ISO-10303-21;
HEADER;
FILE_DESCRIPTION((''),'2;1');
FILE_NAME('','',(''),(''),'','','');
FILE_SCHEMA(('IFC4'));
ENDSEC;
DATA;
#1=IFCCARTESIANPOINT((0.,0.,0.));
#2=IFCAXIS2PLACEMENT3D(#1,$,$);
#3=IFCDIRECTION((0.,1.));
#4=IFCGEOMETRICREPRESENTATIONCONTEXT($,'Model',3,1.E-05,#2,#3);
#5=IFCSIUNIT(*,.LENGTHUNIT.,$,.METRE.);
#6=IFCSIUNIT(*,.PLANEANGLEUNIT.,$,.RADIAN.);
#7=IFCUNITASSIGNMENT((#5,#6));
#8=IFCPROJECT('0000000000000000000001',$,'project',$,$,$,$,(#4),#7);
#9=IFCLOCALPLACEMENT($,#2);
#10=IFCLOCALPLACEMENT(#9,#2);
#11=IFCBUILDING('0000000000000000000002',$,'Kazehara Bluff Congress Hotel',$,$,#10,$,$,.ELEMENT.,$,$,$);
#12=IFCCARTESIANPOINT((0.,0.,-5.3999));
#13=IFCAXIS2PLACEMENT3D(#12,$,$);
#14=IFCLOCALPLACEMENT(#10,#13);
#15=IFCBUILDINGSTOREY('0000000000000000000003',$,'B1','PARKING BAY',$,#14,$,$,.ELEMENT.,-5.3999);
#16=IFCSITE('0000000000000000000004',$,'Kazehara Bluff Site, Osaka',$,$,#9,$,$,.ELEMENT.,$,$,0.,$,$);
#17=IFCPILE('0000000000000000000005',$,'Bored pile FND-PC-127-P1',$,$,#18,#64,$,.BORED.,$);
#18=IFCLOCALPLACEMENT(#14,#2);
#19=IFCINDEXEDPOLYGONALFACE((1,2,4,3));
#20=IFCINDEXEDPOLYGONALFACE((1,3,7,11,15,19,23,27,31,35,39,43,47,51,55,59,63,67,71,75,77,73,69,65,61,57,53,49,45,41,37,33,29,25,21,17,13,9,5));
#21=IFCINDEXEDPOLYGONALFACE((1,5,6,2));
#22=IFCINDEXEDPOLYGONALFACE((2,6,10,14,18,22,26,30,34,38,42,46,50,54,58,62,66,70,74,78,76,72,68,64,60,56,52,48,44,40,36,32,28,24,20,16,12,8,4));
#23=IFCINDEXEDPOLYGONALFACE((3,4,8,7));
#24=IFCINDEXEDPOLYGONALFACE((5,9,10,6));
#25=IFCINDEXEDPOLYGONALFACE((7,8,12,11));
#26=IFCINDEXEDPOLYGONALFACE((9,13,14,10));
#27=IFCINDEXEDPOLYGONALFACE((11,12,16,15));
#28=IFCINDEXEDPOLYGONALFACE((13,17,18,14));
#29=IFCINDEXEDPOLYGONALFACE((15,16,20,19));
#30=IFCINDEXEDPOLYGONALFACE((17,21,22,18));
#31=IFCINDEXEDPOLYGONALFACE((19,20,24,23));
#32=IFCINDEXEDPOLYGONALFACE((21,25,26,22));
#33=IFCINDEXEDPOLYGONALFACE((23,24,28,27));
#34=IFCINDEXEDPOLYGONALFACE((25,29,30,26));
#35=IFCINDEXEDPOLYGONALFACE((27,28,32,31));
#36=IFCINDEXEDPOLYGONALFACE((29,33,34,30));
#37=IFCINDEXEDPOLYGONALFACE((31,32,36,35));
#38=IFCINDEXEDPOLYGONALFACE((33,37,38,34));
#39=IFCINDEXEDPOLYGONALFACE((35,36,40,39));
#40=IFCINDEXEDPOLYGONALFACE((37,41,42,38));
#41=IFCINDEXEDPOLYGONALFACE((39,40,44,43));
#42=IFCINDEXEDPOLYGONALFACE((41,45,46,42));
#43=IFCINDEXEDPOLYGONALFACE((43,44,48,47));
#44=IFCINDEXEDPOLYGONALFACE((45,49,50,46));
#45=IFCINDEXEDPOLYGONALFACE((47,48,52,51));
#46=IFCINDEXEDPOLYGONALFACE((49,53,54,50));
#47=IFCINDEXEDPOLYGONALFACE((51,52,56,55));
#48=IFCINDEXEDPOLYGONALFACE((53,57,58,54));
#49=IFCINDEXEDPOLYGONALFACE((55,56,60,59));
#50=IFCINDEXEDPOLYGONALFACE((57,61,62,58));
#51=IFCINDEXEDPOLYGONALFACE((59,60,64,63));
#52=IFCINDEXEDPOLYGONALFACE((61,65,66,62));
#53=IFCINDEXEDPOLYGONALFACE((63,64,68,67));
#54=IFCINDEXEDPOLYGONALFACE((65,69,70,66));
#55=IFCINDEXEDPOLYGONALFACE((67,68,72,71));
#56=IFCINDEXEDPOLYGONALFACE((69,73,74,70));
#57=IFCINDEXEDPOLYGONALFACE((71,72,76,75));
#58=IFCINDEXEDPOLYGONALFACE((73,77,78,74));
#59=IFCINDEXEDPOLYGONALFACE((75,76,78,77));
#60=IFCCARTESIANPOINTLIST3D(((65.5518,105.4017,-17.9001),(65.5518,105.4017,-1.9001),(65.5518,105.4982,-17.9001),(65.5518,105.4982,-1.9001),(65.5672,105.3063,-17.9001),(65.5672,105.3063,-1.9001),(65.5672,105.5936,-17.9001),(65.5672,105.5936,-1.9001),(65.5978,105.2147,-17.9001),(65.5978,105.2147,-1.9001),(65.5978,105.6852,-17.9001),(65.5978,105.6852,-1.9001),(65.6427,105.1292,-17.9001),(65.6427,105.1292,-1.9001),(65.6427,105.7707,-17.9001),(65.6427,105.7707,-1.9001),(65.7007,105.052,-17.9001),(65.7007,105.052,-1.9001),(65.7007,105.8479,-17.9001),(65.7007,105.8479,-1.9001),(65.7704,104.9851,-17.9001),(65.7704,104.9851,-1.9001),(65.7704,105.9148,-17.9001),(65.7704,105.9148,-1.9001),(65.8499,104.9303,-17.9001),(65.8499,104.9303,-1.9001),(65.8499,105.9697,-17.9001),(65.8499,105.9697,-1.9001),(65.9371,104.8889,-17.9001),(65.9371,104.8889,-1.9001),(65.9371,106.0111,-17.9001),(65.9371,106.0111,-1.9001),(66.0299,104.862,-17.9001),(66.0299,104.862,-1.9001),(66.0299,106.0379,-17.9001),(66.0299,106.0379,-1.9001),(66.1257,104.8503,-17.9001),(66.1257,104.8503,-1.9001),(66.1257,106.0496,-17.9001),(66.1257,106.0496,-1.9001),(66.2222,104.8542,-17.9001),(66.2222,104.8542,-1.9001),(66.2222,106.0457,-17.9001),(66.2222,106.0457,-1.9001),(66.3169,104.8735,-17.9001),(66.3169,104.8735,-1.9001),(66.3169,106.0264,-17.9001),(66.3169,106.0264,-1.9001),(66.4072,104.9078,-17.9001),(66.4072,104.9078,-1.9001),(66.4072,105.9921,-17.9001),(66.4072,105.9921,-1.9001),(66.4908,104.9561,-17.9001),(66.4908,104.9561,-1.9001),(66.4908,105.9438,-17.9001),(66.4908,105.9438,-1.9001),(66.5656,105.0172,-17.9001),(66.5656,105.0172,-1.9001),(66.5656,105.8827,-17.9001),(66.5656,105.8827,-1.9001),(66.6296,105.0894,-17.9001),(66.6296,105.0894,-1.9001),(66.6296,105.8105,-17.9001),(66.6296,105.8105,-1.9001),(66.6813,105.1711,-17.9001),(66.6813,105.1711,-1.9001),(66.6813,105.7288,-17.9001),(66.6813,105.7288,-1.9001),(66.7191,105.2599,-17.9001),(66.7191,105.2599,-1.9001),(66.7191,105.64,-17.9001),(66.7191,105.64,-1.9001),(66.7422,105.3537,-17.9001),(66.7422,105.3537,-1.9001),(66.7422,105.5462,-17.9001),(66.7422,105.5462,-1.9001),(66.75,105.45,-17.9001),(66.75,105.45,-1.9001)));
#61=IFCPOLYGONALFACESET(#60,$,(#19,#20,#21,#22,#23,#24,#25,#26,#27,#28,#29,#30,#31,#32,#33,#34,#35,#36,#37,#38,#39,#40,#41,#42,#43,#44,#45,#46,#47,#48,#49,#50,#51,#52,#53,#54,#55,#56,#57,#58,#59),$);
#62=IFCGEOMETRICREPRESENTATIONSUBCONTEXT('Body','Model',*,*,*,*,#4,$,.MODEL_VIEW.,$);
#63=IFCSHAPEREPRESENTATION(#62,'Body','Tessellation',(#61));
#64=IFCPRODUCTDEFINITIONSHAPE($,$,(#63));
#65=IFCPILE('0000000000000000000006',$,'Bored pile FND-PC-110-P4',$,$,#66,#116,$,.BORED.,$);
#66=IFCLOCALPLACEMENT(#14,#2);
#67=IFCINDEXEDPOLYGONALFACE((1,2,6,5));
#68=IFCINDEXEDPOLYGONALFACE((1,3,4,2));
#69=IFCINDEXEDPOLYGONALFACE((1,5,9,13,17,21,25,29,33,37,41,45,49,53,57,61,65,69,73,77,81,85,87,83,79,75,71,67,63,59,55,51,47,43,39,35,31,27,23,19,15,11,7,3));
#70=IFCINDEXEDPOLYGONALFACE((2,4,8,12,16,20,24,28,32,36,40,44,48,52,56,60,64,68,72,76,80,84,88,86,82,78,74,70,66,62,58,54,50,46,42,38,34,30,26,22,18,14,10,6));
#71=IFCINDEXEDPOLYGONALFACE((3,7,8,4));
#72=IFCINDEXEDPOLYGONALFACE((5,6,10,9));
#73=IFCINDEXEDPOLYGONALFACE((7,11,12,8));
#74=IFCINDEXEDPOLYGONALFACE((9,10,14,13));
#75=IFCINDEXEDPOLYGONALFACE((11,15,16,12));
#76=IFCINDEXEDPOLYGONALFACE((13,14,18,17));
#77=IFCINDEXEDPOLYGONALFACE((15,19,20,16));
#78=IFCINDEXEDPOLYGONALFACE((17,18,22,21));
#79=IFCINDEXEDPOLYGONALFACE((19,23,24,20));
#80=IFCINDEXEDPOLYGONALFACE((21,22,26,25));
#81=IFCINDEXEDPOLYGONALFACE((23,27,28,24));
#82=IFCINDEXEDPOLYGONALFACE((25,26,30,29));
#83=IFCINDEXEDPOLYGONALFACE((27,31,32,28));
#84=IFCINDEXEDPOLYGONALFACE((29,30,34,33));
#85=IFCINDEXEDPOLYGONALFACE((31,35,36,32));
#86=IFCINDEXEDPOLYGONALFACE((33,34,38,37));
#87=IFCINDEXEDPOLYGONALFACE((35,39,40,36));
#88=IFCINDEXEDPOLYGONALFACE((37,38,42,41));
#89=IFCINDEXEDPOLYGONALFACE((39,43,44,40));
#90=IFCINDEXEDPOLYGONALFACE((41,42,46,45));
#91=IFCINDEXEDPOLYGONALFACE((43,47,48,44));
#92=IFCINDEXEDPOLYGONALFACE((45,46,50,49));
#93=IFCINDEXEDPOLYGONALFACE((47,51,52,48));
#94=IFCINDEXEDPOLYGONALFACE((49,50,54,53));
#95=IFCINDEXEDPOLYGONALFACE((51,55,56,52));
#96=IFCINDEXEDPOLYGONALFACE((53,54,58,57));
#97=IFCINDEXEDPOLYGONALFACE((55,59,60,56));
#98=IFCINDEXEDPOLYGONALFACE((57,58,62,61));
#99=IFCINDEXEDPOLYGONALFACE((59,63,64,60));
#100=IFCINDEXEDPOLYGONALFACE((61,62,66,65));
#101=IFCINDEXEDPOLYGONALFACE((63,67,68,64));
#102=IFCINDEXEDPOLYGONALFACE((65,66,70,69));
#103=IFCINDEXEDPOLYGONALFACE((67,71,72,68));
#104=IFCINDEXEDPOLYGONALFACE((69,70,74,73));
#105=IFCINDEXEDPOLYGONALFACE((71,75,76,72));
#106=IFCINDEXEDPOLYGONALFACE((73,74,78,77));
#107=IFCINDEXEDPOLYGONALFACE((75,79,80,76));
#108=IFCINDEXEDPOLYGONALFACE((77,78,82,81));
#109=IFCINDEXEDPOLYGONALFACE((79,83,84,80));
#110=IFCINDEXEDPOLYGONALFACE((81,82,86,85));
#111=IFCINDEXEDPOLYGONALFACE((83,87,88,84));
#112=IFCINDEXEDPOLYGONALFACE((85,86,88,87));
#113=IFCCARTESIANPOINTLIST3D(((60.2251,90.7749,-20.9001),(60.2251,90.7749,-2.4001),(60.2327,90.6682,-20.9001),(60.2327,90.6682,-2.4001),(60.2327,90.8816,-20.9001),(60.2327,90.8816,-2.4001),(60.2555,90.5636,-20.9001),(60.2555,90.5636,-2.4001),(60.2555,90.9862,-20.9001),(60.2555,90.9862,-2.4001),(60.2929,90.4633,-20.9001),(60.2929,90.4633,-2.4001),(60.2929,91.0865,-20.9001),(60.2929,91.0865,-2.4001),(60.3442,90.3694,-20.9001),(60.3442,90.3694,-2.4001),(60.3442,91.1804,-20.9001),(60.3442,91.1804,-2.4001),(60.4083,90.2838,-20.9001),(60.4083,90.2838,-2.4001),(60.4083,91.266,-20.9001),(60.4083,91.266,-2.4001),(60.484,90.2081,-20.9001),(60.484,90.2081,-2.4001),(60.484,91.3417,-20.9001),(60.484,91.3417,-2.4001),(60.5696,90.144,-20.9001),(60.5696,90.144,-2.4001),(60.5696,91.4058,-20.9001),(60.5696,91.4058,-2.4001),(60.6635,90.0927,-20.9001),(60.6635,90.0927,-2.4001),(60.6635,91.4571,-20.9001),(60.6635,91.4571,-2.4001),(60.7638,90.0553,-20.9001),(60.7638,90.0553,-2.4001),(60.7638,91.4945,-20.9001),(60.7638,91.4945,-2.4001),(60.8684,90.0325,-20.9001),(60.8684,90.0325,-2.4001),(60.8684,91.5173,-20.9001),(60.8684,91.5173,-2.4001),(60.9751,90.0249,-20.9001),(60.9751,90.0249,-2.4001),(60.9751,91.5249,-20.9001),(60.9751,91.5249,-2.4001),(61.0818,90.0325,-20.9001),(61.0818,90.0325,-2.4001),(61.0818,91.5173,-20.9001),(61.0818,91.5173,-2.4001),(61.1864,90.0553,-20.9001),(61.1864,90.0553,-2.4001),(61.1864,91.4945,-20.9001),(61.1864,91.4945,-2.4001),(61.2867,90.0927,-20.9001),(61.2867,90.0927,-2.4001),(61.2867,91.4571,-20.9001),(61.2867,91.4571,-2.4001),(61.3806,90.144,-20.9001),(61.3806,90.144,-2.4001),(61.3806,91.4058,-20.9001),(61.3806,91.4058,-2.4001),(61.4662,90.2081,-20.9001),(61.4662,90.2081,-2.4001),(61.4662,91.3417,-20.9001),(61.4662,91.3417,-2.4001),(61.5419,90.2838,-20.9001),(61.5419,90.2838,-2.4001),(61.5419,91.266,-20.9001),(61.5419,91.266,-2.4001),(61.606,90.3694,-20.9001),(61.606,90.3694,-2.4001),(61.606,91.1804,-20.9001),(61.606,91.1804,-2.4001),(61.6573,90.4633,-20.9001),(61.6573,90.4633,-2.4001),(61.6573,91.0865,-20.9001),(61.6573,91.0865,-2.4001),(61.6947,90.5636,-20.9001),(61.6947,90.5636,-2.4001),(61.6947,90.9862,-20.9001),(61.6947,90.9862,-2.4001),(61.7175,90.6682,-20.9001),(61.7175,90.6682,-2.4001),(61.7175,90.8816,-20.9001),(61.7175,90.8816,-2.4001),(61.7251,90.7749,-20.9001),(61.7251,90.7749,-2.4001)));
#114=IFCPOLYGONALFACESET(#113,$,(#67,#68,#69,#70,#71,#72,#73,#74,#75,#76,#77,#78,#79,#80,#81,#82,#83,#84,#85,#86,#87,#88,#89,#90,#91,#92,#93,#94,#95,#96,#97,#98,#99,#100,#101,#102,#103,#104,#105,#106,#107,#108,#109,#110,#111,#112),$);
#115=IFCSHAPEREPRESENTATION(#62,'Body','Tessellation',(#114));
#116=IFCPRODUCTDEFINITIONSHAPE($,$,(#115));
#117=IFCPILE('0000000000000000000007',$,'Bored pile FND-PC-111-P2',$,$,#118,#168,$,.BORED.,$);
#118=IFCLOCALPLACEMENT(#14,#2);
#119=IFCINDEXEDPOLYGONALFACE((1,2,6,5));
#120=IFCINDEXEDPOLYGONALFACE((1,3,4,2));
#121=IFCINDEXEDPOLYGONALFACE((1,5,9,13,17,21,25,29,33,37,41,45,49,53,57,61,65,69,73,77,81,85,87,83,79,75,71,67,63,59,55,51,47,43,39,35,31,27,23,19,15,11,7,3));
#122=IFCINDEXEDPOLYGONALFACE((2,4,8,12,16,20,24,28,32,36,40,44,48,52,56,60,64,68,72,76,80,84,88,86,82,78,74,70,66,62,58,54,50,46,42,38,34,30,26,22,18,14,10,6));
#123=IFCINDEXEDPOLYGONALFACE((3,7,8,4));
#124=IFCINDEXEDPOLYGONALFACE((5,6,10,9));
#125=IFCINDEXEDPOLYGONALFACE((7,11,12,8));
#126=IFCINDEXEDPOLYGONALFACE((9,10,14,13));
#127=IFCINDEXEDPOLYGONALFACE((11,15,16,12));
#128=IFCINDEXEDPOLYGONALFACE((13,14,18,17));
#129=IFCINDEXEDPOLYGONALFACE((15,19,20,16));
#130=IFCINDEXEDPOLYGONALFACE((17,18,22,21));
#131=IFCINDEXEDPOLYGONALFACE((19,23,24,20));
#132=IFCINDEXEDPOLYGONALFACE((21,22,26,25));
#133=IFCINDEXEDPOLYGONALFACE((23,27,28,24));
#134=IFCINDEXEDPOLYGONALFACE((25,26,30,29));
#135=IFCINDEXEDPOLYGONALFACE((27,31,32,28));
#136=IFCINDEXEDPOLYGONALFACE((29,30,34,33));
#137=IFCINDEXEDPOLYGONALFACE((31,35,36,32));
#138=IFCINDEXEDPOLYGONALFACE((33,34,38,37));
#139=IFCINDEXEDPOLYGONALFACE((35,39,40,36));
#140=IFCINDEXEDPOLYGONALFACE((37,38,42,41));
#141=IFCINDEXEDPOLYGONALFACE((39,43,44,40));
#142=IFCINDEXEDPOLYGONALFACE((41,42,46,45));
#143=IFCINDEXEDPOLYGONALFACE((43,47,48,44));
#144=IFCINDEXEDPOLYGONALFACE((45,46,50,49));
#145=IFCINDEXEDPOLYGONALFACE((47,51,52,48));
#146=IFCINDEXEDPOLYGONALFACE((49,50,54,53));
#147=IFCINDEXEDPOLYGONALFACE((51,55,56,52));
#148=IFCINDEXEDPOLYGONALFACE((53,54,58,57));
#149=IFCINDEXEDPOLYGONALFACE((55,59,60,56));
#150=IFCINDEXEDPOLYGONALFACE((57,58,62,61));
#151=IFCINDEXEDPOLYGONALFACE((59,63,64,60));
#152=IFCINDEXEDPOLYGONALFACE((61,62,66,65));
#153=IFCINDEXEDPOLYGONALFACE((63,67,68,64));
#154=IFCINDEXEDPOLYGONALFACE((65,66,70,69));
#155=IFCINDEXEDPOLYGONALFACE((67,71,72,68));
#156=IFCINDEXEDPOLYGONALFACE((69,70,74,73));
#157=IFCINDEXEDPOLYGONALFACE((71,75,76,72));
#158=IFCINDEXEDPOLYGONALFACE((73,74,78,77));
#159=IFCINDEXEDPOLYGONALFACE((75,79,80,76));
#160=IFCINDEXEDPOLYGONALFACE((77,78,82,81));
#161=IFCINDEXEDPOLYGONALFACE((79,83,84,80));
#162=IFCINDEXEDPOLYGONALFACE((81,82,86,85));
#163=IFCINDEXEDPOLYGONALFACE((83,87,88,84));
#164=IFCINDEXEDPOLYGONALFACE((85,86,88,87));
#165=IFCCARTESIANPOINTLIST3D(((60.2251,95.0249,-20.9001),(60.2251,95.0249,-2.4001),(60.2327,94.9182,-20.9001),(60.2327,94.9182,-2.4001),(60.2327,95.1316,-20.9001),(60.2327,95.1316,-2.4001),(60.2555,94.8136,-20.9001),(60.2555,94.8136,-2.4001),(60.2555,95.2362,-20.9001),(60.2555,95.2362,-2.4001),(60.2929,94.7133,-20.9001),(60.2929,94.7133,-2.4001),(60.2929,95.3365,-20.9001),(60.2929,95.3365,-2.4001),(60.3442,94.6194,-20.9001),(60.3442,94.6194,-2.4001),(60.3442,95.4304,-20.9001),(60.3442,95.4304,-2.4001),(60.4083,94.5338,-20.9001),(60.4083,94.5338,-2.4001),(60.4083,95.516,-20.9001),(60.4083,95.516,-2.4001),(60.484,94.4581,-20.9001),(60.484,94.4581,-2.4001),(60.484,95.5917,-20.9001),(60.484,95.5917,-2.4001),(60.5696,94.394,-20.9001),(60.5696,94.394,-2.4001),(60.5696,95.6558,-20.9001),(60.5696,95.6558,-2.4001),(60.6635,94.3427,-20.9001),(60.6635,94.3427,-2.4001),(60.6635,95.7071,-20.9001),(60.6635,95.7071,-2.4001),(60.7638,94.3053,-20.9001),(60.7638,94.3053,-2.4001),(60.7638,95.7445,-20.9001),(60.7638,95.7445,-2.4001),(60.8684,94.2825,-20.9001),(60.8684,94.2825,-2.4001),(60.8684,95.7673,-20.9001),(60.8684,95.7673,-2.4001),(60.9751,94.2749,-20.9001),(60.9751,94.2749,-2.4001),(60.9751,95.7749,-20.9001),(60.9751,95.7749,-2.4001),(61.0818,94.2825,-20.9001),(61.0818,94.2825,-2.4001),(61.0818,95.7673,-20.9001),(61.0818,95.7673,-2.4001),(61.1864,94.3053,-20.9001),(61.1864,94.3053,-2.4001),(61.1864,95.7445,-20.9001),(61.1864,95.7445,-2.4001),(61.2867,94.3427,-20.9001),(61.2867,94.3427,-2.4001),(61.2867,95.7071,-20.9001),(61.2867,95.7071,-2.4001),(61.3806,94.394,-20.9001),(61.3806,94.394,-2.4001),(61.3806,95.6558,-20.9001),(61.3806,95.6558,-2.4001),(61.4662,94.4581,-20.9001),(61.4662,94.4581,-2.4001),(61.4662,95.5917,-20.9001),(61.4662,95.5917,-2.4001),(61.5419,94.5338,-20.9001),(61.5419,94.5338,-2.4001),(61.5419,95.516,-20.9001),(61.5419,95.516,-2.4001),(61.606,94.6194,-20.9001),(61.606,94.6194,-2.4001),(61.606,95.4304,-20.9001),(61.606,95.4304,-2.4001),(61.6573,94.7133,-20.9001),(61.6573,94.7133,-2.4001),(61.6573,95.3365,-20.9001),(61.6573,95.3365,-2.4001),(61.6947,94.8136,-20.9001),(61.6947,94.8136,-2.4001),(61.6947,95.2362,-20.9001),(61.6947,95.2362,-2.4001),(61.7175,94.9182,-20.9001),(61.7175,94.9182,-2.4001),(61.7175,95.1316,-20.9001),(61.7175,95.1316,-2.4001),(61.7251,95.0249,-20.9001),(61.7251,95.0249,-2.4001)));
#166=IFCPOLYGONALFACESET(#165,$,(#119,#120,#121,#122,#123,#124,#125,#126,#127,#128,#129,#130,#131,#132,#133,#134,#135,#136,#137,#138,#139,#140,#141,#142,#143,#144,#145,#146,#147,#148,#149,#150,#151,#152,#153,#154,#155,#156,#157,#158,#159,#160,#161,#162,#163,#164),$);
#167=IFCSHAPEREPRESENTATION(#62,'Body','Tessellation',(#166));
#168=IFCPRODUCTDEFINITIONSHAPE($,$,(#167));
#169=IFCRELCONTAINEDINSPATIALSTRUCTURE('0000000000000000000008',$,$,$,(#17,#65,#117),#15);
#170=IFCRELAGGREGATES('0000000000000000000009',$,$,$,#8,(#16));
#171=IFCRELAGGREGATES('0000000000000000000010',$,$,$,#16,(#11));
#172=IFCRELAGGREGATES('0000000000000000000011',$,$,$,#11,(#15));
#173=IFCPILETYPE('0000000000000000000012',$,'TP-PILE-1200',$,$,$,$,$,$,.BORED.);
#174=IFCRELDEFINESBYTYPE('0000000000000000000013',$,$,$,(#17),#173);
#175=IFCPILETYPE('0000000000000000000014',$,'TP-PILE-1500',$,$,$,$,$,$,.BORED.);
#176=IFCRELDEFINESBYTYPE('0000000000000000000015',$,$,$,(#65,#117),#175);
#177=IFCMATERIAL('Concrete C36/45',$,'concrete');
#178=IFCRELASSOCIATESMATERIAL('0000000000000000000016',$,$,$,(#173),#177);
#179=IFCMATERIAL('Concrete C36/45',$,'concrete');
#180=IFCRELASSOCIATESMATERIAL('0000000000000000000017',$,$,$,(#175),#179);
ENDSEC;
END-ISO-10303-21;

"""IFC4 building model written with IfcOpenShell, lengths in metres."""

from ifc_helpers import new_model, si_unit, direction, frame, origin, origin_2d, place, context, subcontext, project, spatial, circle, extrude, material, material_profile, profile_set, type_object, element, save


model = new_model("IFC4")

# Units and contexts
model_context = context("Model", 3, precision=1e-05, world=origin(), true_north=direction((0.0, 1.0)))
body_context = subcontext(model_context, "Body", "Model", "MODEL_VIEW")
ifc_project = project(units=[si_unit("LENGTHUNIT", "METRE"), si_unit("PLANEANGLEUNIT", "RADIAN")], contexts=[model_context])

# Site, building, storey
site_placement = place(None, origin())
site = spatial("IfcSite", under=ifc_project, at=site_placement, Name="Kazehara Bluff Site, Osaka", CompositionType="ELEMENT", RefElevation=0.0)
building_placement = place(site_placement, origin())
building = spatial("IfcBuilding", under=site, at=building_placement, Name="Kazehara Bluff Congress Hotel", CompositionType="ELEMENT")
storey_placement = place(building_placement, frame((0.0, 0.0, -5.3999)))
storey = spatial("IfcBuildingStorey", under=building, at=storey_placement, Name="B1", Description="PARKING BAY", CompositionType="ELEMENT", Elevation=-5.3999)

# Piles
ifc_material_1 = material(Name="Concrete C36/45", Category="concrete")
ifc_material_profile_1 = material_profile(ifc_material_1, circle(Radius=0.6001, at=origin_2d()))
ifc_profile_set_1 = profile_set([ifc_material_profile_1], Name="Concrete C36/45")
pile_type_1 = type_object("IfcPileType", Name="TP-PILE-1200", PredefinedType="BORED", material=ifc_profile_set_1)
for number, where, z_axis, x_axis, name in (
    (1, (66.1499, 105.45, -1.9001), (0.0, 0.0, -1.0), (1.0, 0.0, 0.0), "Bored pile FND-PC-127-P1"),
):
    element("IfcPile", number, at=place(storey_placement, frame(where, z_axis=z_axis, x_axis=x_axis)), inside=storey, type_object=pile_type_1, Name=name, PredefinedType="BORED", context=body_context, shape_type="SweptSolid", body=[
        extrude(circle(Radius=0.6001, at=origin_2d()), origin(), (0.0, 0.0, 1.0), 16.0),
    ])
ifc_material_2 = material(Name="Concrete C36/45", Category="concrete")
ifc_material_profile_2 = material_profile(ifc_material_2, circle(Radius=0.75, at=origin_2d()))
ifc_profile_set_2 = profile_set([ifc_material_profile_2], Name="Concrete C36/45")
pile_type_2 = type_object("IfcPileType", Name="TP-PILE-1500", PredefinedType="BORED", material=ifc_profile_set_2)
for number, where, z_axis, x_axis, name in (
    (2, (60.9751, 90.7749, -2.4001), (0.0, 0.0, -1.0), (1.0, 0.0, 0.0), "Bored pile FND-PC-110-P4"),
    (3, (60.9751, 95.0249, -2.4001), (0.0, 0.0, -1.0), (1.0, 0.0, 0.0), "Bored pile FND-PC-111-P2"),
):
    element("IfcPile", number, at=place(storey_placement, frame(where, z_axis=z_axis, x_axis=x_axis)), inside=storey, type_object=pile_type_2, Name=name, PredefinedType="BORED", context=body_context, shape_type="SweptSolid", body=[
        extrude(circle(Radius=0.75, at=origin_2d()), origin(), (0.0, 0.0, 1.0), 18.5),
    ])

save(model, "model.ifc")
